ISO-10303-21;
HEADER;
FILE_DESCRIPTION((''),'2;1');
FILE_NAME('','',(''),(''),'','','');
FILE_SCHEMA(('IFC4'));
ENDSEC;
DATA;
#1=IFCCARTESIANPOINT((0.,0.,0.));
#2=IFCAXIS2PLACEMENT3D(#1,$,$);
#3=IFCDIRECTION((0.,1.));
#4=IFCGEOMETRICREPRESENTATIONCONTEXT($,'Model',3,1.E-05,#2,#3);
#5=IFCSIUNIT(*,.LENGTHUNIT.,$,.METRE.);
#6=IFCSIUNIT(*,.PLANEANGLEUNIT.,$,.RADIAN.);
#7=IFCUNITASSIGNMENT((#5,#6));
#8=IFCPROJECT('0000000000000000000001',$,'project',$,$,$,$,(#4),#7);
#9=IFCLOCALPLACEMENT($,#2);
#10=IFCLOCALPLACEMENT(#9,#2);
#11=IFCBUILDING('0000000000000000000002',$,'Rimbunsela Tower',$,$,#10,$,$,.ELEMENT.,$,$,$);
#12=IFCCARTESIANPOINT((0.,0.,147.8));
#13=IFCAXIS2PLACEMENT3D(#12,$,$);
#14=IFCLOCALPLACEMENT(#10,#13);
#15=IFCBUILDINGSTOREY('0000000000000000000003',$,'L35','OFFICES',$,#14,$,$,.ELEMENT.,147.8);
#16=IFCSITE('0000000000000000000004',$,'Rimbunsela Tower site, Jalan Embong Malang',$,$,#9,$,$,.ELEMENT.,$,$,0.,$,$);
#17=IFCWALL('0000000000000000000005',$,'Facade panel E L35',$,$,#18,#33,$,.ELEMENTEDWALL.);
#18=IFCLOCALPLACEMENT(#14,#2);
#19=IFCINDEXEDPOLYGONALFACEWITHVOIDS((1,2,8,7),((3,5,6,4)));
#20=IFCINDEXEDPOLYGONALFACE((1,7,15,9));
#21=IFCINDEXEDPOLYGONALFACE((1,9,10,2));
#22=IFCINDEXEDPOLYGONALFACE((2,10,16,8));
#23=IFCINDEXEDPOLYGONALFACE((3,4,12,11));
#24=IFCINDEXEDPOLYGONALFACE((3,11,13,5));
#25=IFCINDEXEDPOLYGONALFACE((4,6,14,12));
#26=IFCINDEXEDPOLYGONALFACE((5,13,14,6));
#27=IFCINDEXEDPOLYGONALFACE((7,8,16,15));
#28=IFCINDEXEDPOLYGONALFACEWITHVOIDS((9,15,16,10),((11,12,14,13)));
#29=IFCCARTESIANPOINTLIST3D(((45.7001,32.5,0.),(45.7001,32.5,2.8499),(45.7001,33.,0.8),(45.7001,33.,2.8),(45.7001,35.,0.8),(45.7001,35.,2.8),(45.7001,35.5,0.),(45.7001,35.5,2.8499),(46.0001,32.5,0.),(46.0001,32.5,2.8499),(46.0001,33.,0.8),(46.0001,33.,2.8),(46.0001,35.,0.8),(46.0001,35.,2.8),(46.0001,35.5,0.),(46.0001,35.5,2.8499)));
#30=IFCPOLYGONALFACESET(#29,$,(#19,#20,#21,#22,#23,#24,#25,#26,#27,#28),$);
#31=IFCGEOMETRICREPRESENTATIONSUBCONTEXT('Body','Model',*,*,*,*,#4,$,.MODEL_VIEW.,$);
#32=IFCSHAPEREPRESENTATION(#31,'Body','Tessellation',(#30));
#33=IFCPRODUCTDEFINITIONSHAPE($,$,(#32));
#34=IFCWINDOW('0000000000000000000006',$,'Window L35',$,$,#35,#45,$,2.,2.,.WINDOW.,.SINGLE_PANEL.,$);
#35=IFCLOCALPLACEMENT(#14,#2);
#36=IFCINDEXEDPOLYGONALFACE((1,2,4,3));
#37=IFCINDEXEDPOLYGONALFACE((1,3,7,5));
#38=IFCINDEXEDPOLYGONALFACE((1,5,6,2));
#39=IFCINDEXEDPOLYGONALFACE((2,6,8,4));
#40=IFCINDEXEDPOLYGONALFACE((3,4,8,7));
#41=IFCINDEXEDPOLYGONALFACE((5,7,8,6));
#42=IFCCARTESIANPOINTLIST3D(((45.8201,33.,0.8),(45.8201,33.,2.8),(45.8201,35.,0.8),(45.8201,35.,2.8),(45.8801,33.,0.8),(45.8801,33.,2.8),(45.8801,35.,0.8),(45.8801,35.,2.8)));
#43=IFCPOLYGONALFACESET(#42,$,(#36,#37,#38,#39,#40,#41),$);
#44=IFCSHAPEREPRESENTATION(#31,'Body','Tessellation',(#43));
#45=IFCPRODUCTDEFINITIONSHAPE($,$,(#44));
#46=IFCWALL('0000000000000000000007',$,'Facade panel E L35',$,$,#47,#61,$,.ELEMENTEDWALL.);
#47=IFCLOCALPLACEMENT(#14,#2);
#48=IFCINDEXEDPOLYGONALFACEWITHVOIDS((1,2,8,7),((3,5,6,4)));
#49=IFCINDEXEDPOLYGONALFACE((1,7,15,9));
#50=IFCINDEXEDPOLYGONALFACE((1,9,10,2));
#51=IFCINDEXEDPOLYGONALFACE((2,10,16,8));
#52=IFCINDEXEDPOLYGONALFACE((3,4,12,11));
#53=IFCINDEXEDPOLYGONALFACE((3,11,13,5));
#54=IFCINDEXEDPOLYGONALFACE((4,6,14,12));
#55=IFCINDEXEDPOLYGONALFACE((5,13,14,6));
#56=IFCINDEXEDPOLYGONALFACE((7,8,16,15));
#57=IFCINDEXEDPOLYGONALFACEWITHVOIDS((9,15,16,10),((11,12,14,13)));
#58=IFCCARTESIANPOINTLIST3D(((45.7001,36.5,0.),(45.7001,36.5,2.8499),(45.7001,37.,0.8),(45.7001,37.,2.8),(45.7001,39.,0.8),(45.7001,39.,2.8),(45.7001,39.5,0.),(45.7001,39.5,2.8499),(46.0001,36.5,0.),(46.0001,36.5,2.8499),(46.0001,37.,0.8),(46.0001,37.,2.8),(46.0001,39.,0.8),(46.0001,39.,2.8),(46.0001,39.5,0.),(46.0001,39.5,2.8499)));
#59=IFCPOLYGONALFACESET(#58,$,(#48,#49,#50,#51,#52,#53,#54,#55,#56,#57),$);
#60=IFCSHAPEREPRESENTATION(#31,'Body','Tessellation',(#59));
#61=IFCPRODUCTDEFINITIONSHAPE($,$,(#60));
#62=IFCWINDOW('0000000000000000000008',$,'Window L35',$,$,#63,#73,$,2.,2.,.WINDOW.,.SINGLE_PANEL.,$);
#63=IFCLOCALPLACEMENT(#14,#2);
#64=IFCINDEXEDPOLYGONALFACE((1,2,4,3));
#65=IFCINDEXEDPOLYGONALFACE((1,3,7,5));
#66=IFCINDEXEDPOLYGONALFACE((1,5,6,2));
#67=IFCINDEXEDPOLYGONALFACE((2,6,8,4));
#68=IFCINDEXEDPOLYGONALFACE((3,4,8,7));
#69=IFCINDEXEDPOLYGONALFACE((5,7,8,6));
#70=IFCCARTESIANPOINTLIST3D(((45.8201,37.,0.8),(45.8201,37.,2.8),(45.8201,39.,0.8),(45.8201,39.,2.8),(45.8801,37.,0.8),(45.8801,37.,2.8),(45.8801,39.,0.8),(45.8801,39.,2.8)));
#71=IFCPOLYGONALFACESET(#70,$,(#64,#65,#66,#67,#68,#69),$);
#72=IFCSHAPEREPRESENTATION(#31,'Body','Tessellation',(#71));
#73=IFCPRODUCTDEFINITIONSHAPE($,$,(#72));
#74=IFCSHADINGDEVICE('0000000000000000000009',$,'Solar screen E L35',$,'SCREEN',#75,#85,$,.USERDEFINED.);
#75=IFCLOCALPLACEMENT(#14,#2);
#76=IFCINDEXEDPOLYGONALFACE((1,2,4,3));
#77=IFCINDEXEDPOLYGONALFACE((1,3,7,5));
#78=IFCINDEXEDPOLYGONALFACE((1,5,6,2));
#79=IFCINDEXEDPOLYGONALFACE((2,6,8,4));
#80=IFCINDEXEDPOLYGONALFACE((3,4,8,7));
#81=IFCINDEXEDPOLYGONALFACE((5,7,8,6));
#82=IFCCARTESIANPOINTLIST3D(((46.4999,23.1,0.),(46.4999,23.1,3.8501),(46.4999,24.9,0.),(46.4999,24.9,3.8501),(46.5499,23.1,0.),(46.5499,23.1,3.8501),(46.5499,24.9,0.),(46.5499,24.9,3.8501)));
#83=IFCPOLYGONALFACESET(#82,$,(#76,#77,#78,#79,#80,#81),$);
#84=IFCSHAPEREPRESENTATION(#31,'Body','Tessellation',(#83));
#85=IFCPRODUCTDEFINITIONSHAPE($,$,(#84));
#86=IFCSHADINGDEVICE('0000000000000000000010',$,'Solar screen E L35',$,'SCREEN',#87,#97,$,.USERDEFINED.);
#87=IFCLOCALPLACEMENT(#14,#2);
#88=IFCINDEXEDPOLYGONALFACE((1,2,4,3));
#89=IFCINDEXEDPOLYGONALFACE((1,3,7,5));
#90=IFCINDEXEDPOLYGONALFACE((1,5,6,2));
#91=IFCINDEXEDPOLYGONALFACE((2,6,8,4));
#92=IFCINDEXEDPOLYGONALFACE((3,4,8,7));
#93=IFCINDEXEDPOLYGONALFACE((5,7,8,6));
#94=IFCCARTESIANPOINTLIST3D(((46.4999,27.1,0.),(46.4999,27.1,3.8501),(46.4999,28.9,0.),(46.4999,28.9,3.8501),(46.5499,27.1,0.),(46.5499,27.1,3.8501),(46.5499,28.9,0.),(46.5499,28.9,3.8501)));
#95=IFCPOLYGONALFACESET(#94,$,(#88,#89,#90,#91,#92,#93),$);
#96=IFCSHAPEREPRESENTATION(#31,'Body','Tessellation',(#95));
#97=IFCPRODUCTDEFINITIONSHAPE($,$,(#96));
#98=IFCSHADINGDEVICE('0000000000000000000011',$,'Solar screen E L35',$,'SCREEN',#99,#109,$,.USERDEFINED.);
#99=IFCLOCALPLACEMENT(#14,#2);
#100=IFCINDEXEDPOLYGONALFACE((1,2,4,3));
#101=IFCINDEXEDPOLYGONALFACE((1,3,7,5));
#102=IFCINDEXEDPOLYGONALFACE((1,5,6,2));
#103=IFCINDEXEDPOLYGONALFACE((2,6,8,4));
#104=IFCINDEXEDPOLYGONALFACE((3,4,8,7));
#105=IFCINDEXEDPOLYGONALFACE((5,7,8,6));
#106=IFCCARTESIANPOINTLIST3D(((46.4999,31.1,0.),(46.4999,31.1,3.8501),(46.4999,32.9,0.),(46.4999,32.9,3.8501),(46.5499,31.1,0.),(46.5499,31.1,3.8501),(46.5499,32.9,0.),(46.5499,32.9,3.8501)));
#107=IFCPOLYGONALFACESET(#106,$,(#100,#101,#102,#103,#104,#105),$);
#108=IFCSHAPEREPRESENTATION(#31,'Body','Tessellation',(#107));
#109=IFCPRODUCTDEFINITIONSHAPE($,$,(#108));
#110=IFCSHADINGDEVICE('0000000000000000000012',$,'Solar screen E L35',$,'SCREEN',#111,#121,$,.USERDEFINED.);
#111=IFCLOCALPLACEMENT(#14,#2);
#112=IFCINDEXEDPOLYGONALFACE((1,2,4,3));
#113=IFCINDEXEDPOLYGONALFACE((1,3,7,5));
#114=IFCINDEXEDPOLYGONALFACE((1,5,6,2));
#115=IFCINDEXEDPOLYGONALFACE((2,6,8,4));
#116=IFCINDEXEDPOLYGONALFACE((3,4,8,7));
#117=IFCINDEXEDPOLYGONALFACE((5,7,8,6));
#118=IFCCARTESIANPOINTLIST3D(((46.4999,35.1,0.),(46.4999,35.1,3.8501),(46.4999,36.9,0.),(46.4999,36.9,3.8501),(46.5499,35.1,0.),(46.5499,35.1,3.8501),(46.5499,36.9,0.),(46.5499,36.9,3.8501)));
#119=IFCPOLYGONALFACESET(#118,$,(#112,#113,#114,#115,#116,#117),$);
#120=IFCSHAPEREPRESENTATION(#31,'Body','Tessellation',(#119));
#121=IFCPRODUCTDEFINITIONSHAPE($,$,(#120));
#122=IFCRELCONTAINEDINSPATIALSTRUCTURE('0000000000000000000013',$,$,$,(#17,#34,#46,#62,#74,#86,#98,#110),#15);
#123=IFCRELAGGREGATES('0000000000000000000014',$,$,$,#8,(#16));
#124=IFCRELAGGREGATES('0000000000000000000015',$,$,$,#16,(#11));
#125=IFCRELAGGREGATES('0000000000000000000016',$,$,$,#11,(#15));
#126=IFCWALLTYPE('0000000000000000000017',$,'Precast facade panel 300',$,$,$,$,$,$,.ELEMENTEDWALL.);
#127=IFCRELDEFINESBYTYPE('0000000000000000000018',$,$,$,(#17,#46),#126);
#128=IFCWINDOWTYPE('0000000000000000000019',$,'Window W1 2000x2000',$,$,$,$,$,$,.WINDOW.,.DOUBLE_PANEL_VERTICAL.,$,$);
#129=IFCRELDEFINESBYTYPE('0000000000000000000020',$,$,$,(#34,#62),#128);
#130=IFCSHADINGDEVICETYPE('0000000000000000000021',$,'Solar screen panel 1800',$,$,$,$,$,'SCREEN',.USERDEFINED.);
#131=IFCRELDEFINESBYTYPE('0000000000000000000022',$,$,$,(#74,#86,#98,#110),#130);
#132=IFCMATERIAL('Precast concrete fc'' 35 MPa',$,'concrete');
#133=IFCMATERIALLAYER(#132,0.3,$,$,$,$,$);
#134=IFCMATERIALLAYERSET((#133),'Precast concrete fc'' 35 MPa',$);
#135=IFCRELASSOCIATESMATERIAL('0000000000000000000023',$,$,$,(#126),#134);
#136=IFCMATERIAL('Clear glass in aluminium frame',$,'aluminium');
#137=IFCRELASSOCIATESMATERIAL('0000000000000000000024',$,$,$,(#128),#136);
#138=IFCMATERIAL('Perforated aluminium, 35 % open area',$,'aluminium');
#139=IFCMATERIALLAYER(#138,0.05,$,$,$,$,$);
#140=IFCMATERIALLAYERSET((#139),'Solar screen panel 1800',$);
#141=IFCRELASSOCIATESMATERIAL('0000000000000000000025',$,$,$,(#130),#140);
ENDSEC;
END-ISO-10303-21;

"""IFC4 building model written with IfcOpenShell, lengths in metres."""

from ifc_helpers import new_model, si_unit, direction, frame, frame_2d, origin, origin_2d, place, context, subcontext, project, spatial, rectangle, extrude, material, layer, layer_set, type_object, element, fill, save


model = new_model("IFC4")

# Units and contexts
model_context = context("Model", 3, precision=1e-05, world=origin(), true_north=direction((0.0, 1.0)))
body_context = subcontext(model_context, "Body", "Model", "MODEL_VIEW")
ifc_project = project(units=[si_unit("LENGTHUNIT", "METRE"), si_unit("PLANEANGLEUNIT", "RADIAN")], contexts=[model_context])

# Site, building, storey
site_placement = place(None, origin())
site = spatial("IfcSite", under=ifc_project, at=site_placement, Name="Rimbunsela Tower site, Jalan Embong Malang", CompositionType="ELEMENT", RefElevation=0.0)
building_placement = place(site_placement, origin())
building = spatial("IfcBuilding", under=site, at=building_placement, Name="Rimbunsela Tower", CompositionType="ELEMENT")
storey_placement = place(building_placement, frame((0.0, 0.0, 147.8)))
storey = spatial("IfcBuildingStorey", under=building, at=storey_placement, Name="L35", Description="OFFICES", CompositionType="ELEMENT", Elevation=147.8)

# Walls, openings, windows
ifc_material_1 = material(Name="Precast concrete fc' 35 MPa", Category="concrete")
ifc_layer_1 = layer(ifc_material_1, 0.3)
ifc_layer_set_1 = layer_set([ifc_layer_1], Name="Precast concrete fc' 35 MPa")
wall_type_1 = type_object("IfcWallType", Name="Precast facade panel 300", PredefinedType="ELEMENTEDWALL", material=ifc_layer_set_1)
ifc_material_2 = material(Name="Clear glass in aluminium frame", Category="aluminium")
window_type = type_object("IfcWindowType", Name="Window W1 2000x2000", PartitioningType="DOUBLE_PANEL_VERTICAL", PredefinedType="WINDOW", material=ifc_material_2)
wall_1_placement = place(storey_placement, frame((45.8501, 32.5, 0.0), z_axis=(0.0, 0.0, 1.0), x_axis=(0.0, 1.0, 0.0)))
wall_1 = element("IfcWall", 1, at=wall_1_placement, inside=storey, type_object=wall_type_1, Name="Facade panel E L35", PredefinedType="ELEMENTEDWALL", context=body_context, shape_type="SweptSolid", body=[
    extrude(rectangle(XDim=3.0, YDim=0.3, at=frame_2d((1.5, 0.0))), origin(), (0.0, 0.0, 1.0), 2.8499),
])
opening_1_placement = place(wall_1_placement, frame((0.5, 0.0, 0.8)))
opening_1 = element("IfcOpeningElement", 2, at=opening_1_placement, cuts=wall_1, PredefinedType="OPENING", context=body_context, shape_type="SweptSolid", body=[
    extrude(rectangle(XDim=2.0, YDim=2.0, at=frame_2d((1.0, 1.0))), frame((0.0, 0.1599, 0.0), z_axis=(0.0, -1.0, 0.0), x_axis=(1.0, 0.0, 0.0)), (0.0, 0.0, 1.0), 0.3201),
])
window_1_placement = place(opening_1_placement, origin())
window_1 = element("IfcWindow", 3, at=window_1_placement, inside=storey, type_object=window_type, Name="Window L35", OverallHeight=2.0, OverallWidth=2.0, PartitioningType="SINGLE_PANEL", PredefinedType="WINDOW", context=body_context, shape_type="SweptSolid", body=[
    extrude(rectangle(XDim=2.0, YDim=2.0, at=frame_2d((1.0, 1.0))), frame((0.0, 0.03, 0.0), z_axis=(0.0, -1.0, 0.0), x_axis=(1.0, 0.0, 0.0)), (0.0, 0.0, 1.0), 0.0601),
])
fill(opening_1, window_1)
wall_2_placement = place(storey_placement, frame((45.8501, 36.5, 0.0), z_axis=(0.0, 0.0, 1.0), x_axis=(0.0, 1.0, 0.0)))
wall_2 = element("IfcWall", 4, at=wall_2_placement, inside=storey, type_object=wall_type_1, Name="Facade panel E L35", PredefinedType="ELEMENTEDWALL", context=body_context, shape_type="SweptSolid", body=[
    extrude(rectangle(XDim=3.0, YDim=0.3, at=frame_2d((1.5, 0.0))), origin(), (0.0, 0.0, 1.0), 2.8499),
])
opening_2_placement = place(wall_2_placement, frame((0.5, 0.0, 0.8)))
opening_2 = element("IfcOpeningElement", 5, at=opening_2_placement, cuts=wall_2, PredefinedType="OPENING", context=body_context, shape_type="SweptSolid", body=[
    extrude(rectangle(XDim=2.0, YDim=2.0, at=frame_2d((1.0, 1.0))), frame((0.0, 0.1599, 0.0), z_axis=(0.0, -1.0, 0.0), x_axis=(1.0, 0.0, 0.0)), (0.0, 0.0, 1.0), 0.3201),
])
window_2_placement = place(opening_2_placement, origin())
window_2 = element("IfcWindow", 6, at=window_2_placement, inside=storey, type_object=window_type, Name="Window L35", OverallHeight=2.0, OverallWidth=2.0, PartitioningType="SINGLE_PANEL", PredefinedType="WINDOW", context=body_context, shape_type="SweptSolid", body=[
    extrude(rectangle(XDim=2.0, YDim=2.0, at=frame_2d((1.0, 1.0))), frame((0.0, 0.03, 0.0), z_axis=(0.0, -1.0, 0.0), x_axis=(1.0, 0.0, 0.0)), (0.0, 0.0, 1.0), 0.0601),
])
fill(opening_2, window_2)

# Shading devices
ifc_material_3 = material(Name="Perforated aluminium, 35 % open area", Category="aluminium")
ifc_layer_2 = layer(ifc_material_3, 0.05)
ifc_layer_set_2 = layer_set([ifc_layer_2], Name="Solar screen panel 1800")
shading_device_type = type_object("IfcShadingDeviceType", Name="Solar screen panel 1800", ElementType="SCREEN", PredefinedType="USERDEFINED", material=ifc_layer_set_2)
for number, where, z_axis, x_axis, name in (
    (7, (46.5249, 24.0, 0.0), (0.0, 0.0, 1.0), (0.0, 1.0, 0.0), "Solar screen E L35"),
    (8, (46.5249, 28.0, 0.0), (0.0, 0.0, 1.0), (0.0, 1.0, 0.0), "Solar screen E L35"),
    (9, (46.5249, 32.0, 0.0), (0.0, 0.0, 1.0), (0.0, 1.0, 0.0), "Solar screen E L35"),
    (10, (46.5249, 36.0, 0.0), (0.0, 0.0, 1.0), (0.0, 1.0, 0.0), "Solar screen E L35"),
):
    element("IfcShadingDevice", number, at=place(storey_placement, frame(where, z_axis=z_axis, x_axis=x_axis)), inside=storey, type_object=shading_device_type, Name=name, ObjectType="SCREEN", PredefinedType="USERDEFINED", context=body_context, shape_type="SweptSolid", body=[
        extrude(rectangle(XDim=1.8, YDim=0.05, at=origin_2d()), origin(), (0.0, 0.0, 1.0), 3.8501),
    ])

save(model, "model.ifc")
